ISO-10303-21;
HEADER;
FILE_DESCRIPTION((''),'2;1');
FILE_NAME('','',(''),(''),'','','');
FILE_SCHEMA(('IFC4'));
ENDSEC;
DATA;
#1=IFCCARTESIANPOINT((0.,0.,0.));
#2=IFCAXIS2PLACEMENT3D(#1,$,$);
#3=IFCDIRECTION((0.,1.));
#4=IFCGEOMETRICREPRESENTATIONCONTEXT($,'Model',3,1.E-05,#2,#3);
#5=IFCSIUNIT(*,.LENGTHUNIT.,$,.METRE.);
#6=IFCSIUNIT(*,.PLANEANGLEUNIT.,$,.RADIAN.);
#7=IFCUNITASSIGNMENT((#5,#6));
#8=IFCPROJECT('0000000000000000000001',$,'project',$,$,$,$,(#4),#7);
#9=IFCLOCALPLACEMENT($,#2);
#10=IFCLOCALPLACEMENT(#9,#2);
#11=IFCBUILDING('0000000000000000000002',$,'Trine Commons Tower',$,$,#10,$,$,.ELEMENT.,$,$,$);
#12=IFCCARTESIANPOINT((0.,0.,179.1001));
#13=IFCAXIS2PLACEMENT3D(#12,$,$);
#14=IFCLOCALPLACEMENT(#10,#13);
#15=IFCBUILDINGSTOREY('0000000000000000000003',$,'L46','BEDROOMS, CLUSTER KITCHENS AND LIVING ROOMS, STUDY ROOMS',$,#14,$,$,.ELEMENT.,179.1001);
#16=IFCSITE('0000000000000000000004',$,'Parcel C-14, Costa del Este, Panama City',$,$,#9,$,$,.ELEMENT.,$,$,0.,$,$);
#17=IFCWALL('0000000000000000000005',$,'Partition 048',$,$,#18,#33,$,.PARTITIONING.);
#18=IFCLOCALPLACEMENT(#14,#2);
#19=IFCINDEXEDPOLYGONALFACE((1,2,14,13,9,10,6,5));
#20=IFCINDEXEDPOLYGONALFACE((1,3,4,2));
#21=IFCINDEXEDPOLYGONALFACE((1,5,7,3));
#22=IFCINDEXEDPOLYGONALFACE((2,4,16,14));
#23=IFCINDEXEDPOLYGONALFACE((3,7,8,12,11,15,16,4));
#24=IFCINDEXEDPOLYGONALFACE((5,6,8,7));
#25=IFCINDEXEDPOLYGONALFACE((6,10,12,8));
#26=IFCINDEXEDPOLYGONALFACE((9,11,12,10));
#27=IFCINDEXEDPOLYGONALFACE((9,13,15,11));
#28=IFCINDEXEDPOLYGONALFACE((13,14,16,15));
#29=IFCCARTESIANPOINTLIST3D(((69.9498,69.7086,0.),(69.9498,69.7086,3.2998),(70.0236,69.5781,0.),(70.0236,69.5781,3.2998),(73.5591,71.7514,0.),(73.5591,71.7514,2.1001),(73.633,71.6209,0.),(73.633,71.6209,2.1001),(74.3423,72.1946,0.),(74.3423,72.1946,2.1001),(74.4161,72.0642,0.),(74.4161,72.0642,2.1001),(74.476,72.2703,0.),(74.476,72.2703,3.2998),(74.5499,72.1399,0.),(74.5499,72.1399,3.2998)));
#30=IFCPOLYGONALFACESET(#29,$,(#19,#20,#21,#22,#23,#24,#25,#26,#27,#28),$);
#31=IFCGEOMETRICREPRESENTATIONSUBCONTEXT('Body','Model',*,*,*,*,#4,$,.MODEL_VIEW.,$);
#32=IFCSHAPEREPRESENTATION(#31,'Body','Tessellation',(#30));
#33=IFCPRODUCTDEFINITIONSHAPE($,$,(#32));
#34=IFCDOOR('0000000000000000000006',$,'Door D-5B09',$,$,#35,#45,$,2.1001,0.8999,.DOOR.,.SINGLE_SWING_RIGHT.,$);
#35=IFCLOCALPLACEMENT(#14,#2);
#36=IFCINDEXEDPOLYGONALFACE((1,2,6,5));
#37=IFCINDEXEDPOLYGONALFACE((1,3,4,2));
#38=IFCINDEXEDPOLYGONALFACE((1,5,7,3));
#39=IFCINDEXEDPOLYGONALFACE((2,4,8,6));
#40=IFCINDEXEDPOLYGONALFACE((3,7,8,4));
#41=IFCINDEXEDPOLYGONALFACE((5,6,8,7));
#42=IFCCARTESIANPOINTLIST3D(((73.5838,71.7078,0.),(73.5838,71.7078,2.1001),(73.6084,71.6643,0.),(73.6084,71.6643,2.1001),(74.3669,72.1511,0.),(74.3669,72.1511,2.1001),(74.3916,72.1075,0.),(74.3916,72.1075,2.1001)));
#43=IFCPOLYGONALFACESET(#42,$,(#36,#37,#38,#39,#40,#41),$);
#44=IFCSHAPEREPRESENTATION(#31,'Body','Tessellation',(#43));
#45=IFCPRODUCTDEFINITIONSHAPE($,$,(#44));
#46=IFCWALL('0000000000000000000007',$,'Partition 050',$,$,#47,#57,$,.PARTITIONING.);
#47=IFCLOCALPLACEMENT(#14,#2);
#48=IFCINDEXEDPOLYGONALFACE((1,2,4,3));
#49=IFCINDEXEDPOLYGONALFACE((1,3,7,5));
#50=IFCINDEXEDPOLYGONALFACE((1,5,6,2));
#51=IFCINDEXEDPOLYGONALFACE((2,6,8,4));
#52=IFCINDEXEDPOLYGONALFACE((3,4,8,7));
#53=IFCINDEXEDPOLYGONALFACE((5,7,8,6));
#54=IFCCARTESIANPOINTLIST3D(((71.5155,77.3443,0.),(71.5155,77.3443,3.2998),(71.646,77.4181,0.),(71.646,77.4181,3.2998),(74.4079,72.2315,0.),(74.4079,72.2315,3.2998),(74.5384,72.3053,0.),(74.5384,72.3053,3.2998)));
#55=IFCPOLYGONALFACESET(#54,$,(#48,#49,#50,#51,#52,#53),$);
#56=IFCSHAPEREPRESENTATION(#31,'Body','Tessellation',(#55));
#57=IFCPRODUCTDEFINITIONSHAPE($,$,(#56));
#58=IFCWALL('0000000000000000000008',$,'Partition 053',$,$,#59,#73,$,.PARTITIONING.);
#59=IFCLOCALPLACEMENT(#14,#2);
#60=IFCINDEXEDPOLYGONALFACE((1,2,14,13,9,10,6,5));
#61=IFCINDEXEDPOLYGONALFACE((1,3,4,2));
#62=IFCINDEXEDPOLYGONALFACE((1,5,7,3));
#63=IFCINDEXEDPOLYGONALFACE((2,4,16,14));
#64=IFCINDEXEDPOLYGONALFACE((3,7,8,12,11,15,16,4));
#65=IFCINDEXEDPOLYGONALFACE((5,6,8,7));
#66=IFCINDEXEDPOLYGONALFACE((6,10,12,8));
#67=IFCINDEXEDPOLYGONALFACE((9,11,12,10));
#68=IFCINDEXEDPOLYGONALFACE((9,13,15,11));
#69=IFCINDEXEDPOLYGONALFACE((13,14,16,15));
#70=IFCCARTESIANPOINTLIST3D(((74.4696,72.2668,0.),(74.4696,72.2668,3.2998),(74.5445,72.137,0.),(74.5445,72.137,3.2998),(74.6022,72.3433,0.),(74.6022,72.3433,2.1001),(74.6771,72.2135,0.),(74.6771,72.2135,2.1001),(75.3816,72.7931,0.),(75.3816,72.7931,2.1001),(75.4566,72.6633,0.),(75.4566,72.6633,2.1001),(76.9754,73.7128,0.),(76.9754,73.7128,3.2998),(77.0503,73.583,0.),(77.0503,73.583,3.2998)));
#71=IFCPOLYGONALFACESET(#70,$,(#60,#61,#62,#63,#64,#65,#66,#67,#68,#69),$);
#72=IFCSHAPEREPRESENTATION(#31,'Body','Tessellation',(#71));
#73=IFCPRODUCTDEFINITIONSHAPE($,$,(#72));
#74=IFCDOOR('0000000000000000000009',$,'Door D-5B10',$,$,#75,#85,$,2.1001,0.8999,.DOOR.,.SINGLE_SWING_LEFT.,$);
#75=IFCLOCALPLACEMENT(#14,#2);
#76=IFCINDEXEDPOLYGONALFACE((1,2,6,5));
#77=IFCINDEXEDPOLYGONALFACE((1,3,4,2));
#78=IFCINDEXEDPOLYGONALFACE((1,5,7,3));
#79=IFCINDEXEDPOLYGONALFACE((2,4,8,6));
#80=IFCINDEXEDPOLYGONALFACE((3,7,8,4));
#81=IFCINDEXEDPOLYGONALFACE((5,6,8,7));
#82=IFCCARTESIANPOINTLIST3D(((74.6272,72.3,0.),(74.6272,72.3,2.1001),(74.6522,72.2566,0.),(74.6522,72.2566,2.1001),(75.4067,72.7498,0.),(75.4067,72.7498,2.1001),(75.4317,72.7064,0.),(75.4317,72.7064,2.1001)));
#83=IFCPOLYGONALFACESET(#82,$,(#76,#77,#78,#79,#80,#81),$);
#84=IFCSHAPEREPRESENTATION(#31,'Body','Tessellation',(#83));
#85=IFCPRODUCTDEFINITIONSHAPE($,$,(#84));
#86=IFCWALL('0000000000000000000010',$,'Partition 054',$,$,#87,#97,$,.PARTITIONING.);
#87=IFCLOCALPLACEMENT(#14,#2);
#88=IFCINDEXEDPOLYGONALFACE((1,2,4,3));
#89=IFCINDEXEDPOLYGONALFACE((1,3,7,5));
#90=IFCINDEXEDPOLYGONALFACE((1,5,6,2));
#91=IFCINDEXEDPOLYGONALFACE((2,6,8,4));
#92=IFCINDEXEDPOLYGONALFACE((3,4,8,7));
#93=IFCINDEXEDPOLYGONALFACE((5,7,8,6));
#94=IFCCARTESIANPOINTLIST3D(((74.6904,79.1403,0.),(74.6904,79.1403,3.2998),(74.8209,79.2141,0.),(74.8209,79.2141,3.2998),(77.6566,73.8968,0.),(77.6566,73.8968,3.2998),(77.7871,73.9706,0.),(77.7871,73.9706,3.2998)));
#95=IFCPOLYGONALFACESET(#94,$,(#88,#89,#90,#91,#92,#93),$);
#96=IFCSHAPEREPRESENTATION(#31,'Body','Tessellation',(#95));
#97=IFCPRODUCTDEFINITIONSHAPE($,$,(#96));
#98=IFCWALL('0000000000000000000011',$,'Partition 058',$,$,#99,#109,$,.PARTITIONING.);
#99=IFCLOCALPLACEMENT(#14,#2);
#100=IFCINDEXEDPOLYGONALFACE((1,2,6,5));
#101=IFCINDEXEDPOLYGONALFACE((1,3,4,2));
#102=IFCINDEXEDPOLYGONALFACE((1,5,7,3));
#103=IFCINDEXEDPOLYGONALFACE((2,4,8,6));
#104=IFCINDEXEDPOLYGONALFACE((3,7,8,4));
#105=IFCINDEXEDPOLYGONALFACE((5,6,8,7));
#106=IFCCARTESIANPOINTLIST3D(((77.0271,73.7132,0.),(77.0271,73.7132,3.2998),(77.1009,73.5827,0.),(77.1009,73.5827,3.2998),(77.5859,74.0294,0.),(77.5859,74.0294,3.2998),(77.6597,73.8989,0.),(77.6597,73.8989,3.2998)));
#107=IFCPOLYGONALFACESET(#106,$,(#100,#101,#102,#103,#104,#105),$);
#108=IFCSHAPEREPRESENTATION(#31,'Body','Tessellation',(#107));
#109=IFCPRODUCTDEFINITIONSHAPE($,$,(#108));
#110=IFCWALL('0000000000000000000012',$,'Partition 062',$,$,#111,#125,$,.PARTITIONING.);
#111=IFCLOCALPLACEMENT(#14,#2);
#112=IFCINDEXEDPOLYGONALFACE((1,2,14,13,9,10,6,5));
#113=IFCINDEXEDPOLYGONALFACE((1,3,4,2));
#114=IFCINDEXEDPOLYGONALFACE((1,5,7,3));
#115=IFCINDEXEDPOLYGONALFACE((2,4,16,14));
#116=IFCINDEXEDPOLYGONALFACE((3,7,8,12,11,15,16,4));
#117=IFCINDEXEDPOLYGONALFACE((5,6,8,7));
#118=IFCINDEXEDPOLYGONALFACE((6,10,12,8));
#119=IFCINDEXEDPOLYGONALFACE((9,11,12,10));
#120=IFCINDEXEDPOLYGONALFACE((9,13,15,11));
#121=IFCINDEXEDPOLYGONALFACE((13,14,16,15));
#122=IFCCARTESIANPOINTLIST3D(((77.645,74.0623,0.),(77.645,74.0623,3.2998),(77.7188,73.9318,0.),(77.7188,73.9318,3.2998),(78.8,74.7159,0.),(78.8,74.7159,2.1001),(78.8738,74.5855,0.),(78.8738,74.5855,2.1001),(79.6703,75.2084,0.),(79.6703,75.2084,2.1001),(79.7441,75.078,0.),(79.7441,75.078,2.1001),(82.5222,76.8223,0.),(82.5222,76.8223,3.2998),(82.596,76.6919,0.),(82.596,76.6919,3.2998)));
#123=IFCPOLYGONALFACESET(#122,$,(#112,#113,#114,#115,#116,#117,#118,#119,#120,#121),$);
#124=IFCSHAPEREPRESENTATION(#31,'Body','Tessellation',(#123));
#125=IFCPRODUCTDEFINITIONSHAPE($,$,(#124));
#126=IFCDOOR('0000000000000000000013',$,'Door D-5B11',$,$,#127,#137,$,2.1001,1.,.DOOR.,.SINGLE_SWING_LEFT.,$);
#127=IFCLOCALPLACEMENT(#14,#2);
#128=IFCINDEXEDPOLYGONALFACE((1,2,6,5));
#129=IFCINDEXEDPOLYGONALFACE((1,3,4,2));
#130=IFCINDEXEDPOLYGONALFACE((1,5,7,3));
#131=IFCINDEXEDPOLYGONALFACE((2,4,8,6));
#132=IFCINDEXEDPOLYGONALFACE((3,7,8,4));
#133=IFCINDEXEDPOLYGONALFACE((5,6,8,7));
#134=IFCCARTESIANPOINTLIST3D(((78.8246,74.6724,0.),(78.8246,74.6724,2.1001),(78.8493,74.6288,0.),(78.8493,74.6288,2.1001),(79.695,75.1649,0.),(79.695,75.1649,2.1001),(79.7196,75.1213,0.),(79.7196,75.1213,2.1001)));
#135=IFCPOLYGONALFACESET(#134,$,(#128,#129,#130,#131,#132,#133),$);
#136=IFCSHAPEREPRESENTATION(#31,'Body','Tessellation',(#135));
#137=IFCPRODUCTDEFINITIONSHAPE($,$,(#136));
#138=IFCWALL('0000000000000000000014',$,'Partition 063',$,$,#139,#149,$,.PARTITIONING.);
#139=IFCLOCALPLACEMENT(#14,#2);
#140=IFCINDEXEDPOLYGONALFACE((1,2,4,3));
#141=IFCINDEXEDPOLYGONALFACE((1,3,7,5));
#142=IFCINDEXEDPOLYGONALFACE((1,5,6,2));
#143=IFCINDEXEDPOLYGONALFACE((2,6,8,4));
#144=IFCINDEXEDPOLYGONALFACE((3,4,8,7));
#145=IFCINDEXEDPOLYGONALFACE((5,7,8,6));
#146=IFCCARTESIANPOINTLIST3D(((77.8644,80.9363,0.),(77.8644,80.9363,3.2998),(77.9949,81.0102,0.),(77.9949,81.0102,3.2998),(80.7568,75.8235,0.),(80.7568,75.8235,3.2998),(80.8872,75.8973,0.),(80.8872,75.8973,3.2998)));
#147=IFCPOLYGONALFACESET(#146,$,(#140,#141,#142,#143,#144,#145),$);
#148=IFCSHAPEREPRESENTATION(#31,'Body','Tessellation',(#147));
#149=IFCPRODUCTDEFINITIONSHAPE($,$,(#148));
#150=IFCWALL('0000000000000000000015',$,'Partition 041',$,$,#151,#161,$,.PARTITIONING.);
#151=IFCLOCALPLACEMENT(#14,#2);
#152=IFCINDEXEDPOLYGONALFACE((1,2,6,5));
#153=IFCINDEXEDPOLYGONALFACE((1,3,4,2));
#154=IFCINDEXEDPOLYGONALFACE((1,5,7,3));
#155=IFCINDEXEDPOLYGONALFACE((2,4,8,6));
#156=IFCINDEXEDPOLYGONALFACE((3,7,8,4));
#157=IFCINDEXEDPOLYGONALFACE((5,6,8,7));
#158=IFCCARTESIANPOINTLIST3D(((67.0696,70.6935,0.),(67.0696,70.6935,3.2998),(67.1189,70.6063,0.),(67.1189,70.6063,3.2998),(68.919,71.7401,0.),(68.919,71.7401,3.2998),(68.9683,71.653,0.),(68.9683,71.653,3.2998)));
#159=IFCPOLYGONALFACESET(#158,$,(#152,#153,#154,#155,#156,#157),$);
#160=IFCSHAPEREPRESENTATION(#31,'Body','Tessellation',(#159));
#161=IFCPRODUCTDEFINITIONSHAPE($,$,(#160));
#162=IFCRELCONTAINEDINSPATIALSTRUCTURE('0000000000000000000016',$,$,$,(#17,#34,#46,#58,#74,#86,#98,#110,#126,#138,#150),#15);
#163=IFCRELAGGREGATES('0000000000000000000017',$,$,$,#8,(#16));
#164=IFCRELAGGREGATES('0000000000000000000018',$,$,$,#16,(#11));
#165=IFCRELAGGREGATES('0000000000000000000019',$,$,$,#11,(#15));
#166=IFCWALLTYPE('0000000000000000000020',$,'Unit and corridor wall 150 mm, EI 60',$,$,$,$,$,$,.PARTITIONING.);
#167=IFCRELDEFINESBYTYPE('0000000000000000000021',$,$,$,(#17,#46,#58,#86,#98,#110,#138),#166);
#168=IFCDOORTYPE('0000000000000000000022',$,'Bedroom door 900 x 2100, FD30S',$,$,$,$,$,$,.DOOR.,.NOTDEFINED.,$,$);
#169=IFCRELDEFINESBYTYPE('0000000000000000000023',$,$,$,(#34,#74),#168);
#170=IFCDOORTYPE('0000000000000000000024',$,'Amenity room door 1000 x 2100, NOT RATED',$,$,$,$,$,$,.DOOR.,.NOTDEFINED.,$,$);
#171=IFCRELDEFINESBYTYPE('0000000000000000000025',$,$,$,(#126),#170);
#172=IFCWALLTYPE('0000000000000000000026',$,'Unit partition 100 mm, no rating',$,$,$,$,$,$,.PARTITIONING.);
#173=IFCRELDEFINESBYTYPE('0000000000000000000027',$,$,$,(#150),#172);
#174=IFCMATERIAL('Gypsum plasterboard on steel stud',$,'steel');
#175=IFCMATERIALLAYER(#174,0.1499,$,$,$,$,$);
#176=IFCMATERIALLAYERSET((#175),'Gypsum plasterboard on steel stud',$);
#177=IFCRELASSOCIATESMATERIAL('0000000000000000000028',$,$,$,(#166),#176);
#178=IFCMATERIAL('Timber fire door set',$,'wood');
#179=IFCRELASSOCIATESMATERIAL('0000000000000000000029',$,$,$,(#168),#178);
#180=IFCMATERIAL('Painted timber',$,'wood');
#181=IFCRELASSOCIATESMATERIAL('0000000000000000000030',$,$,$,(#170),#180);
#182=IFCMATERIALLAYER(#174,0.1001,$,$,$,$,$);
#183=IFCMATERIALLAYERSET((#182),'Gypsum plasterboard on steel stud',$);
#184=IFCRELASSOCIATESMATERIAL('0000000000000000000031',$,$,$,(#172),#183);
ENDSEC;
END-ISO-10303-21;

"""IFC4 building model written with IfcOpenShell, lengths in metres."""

from ifc_helpers import new_model, si_unit, direction, frame, frame_2d, origin, place, context, subcontext, project, spatial, rectangle, extrude, material, layer, layer_set, type_object, element, fill, save


model = new_model("IFC4")

# Units and contexts
model_context = context("Model", 3, precision=1e-05, world=origin(), true_north=direction((0.0, 1.0)))
body_context = subcontext(model_context, "Body", "Model", "MODEL_VIEW")
ifc_project = project(units=[si_unit("LENGTHUNIT", "METRE"), si_unit("PLANEANGLEUNIT", "RADIAN")], contexts=[model_context])

# Site, building, storey
site_placement = place(None, origin())
site = spatial("IfcSite", under=ifc_project, at=site_placement, Name="Parcel C-14, Costa del Este, Panama City", CompositionType="ELEMENT", RefElevation=0.0)
building_placement = place(site_placement, origin())
building = spatial("IfcBuilding", under=site, at=building_placement, Name="Trine Commons Tower", CompositionType="ELEMENT")
storey_placement = place(building_placement, frame((0.0, 0.0, 179.1001)))
storey = spatial("IfcBuildingStorey", under=building, at=storey_placement, Name="L46", Description="BEDROOMS, CLUSTER KITCHENS AND LIVING ROOMS, STUDY ROOMS", CompositionType="ELEMENT", Elevation=179.1001)

# Shared definitions
ifc_material_1 = material(Name="Gypsum plasterboard on steel stud", Category="steel")
ifc_layer_1 = layer(ifc_material_1, 0.1499)
ifc_layer_set_1 = layer_set([ifc_layer_1], Name="Gypsum plasterboard on steel stud")
wall_type_1 = type_object("IfcWallType", Name="Unit and corridor wall 150 mm, EI 60", PredefinedType="PARTITIONING", material=ifc_layer_set_1)

# Wall, opening, door
wall_1_placement = place(storey_placement, frame((69.9866, 69.6433, 0.0), z_axis=(0.0, 0.0, 1.0), x_axis=(0.870284, 0.492551, 0.0)))
wall_1 = element("IfcWall", 1, at=wall_1_placement, inside=storey, type_object=wall_type_1, Name="Partition 048", PredefinedType="PARTITIONING", context=body_context, shape_type="SweptSolid", body=[
    extrude(rectangle(XDim=5.2009, YDim=0.1499, at=frame_2d((2.6006, 0.0))), origin(), (0.0, 0.0, 1.0), 3.2998),
])
opening_1_placement = place(wall_1_placement, frame((4.1475, 0.0, 0.0)))
opening_1 = element("IfcOpeningElement", 2, at=opening_1_placement, cuts=wall_1, PredefinedType="OPENING", context=body_context, shape_type="SweptSolid", body=[
    extrude(rectangle(XDim=0.8999, YDim=2.1001, at=frame_2d((0.45, 1.05))), frame((0.0, 0.085, 0.0), z_axis=(0.0, -1.0, 0.0), x_axis=(1.0, 0.0, 0.0)), (0.0, 0.0, 1.0), 0.1699),
])
ifc_material_2 = material(Name="Timber fire door set", Category="wood")
door_type_1 = type_object("IfcDoorType", Name="Bedroom door 900 x 2100, FD30S", OperationType="NOTDEFINED", PredefinedType="DOOR", material=ifc_material_2)
door_1_placement = place(opening_1_placement, origin())
door_1 = element("IfcDoor", 3, at=door_1_placement, inside=storey, type_object=door_type_1, Name="Door D-5B09", OperationType="SINGLE_SWING_RIGHT", OverallHeight=2.1001, OverallWidth=0.8999, PredefinedType="DOOR", context=body_context, shape_type="SweptSolid", body=[
    extrude(rectangle(XDim=0.8999, YDim=2.1001, at=frame_2d((0.45, 1.05))), frame((0.0, 0.0249, 0.0), z_axis=(0.0, -1.0, 0.0), x_axis=(1.0, 0.0, 0.0)), (0.0, 0.0, 1.0), 0.05),
])
fill(opening_1, door_1)

# Wall
wall_2_placement = place(storey_placement, frame((71.5808, 77.3811, 0.0), z_axis=(0.0, 0.0, 1.0), x_axis=(0.492379, -0.870381, 0.0)))
element("IfcWall", 4, at=wall_2_placement, inside=storey, type_object=wall_type_1, Name="Partition 050", PredefinedType="PARTITIONING", context=body_context, shape_type="SweptSolid", body=[
    extrude(rectangle(XDim=5.8743, YDim=0.1499, at=frame_2d((2.937, 0.0))), origin(), (0.0, 0.0, 1.0), 3.2998),
])

# Wall, opening, door
wall_3_placement = place(storey_placement, frame((74.5071, 72.2019, 0.0), z_axis=(0.0, 0.0, 1.0), x_axis=(0.866132, 0.499815, 0.0)))
wall_3 = element("IfcWall", 5, at=wall_3_placement, inside=storey, type_object=wall_type_1, Name="Partition 053", PredefinedType="PARTITIONING", context=body_context, shape_type="SweptSolid", body=[
    extrude(rectangle(XDim=2.8931, YDim=0.1499, at=frame_2d((1.4465, 0.0))), origin(), (0.0, 0.0, 1.0), 3.2998),
])
opening_2_placement = place(wall_3_placement, frame((0.1531, 0.0, 0.0)))
opening_2 = element("IfcOpeningElement", 6, at=opening_2_placement, cuts=wall_3, PredefinedType="OPENING", context=body_context, shape_type="SweptSolid", body=[
    extrude(rectangle(XDim=0.8999, YDim=2.1001, at=frame_2d((0.45, 1.05))), frame((0.0, 0.085, 0.0), z_axis=(0.0, -1.0, 0.0), x_axis=(1.0, 0.0, 0.0)), (0.0, 0.0, 1.0), 0.1699),
])
door_2_placement = place(opening_2_placement, origin())
door_2 = element("IfcDoor", 7, at=door_2_placement, inside=storey, type_object=door_type_1, Name="Door D-5B10", OperationType="SINGLE_SWING_LEFT", OverallHeight=2.1001, OverallWidth=0.8999, PredefinedType="DOOR", context=body_context, shape_type="SweptSolid", body=[
    extrude(rectangle(XDim=0.8999, YDim=2.1001, at=frame_2d((0.45, 1.05))), frame((0.0, 0.0249, 0.0), z_axis=(0.0, -1.0, 0.0), x_axis=(1.0, 0.0, 0.0)), (0.0, 0.0, 1.0), 0.05),
])
fill(opening_2, door_2)

# Walls
wall_4_placement = place(storey_placement, frame((74.7556, 79.1772, 0.0), z_axis=(0.0, 0.0, 1.0), x_axis=(0.492372, -0.870385, 0.0)))
element("IfcWall", 8, at=wall_4_placement, inside=storey, type_object=wall_type_1, Name="Partition 054", PredefinedType="PARTITIONING", context=body_context, shape_type="SweptSolid", body=[
    extrude(rectangle(XDim=6.0244, YDim=0.1499, at=frame_2d((3.0122, 0.0))), origin(), (0.0, 0.0, 1.0), 3.2998),
])
wall_5_placement = place(storey_placement, frame((77.064, 73.6479, 0.0), z_axis=(0.0, 0.0, 1.0), x_axis=(0.870364, 0.492408, 0.0)))
element("IfcWall", 9, at=wall_5_placement, inside=storey, type_object=wall_type_1, Name="Partition 058", PredefinedType="PARTITIONING", context=body_context, shape_type="SweptSolid", body=[
    extrude(rectangle(XDim=0.6421, YDim=0.1499, at=frame_2d((0.321, 0.0))), origin(), (0.0, 0.0, 1.0), 3.2998),
])

# Wall, opening, door
wall_6_placement = place(storey_placement, frame((77.6819, 73.9971, 0.0), z_axis=(0.0, 0.0, 1.0), x_axis=(0.870308, 0.492508, 0.0)))
wall_6 = element("IfcWall", 10, at=wall_6_placement, inside=storey, type_object=wall_type_1, Name="Partition 062", PredefinedType="PARTITIONING", context=body_context, shape_type="SweptSolid", body=[
    extrude(rectangle(XDim=5.604, YDim=0.1499, at=frame_2d((2.802, 0.0))), origin(), (0.0, 0.0, 1.0), 3.2998),
])
opening_3_placement = place(wall_6_placement, frame((1.3271, 0.0, 0.0)))
opening_3 = element("IfcOpeningElement", 11, at=opening_3_placement, cuts=wall_6, PredefinedType="OPENING", context=body_context, shape_type="SweptSolid", body=[
    extrude(rectangle(XDim=1.0, YDim=2.1001, at=frame_2d((0.5, 1.05))), frame((0.0, 0.085, 0.0), z_axis=(0.0, -1.0, 0.0), x_axis=(1.0, 0.0, 0.0)), (0.0, 0.0, 1.0), 0.1699),
])
ifc_material_3 = material(Name="Painted timber", Category="wood")
door_type_2 = type_object("IfcDoorType", Name="Amenity room door 1000 x 2100, NOT RATED", OperationType="NOTDEFINED", PredefinedType="DOOR", material=ifc_material_3)
door_3_placement = place(opening_3_placement, origin())
door_3 = element("IfcDoor", 12, at=door_3_placement, inside=storey, type_object=door_type_2, Name="Door D-5B11", OperationType="SINGLE_SWING_LEFT", OverallHeight=2.1001, OverallWidth=1.0, PredefinedType="DOOR", context=body_context, shape_type="SweptSolid", body=[
    extrude(rectangle(XDim=1.0, YDim=2.1001, at=frame_2d((0.5, 1.05))), frame((0.0, 0.0249, 0.0), z_axis=(0.0, -1.0, 0.0), x_axis=(1.0, 0.0, 0.0)), (0.0, 0.0, 1.0), 0.05),
])
fill(opening_3, door_3)

# Walls
wall_7_placement = place(storey_placement, frame((77.9297, 80.9731, 0.0), z_axis=(0.0, 0.0, 1.0), x_axis=(0.492379, -0.870381, 0.0)))
element("IfcWall", 13, at=wall_7_placement, inside=storey, type_object=wall_type_1, Name="Partition 063", PredefinedType="PARTITIONING", context=body_context, shape_type="SweptSolid", body=[
    extrude(rectangle(XDim=5.8743, YDim=0.1499, at=frame_2d((2.937, 0.0))), origin(), (0.0, 0.0, 1.0), 3.2998),
])
ifc_layer_2 = layer(ifc_material_1, 0.1001)
ifc_layer_set_2 = layer_set([ifc_layer_2], Name="Gypsum plasterboard on steel stud")
wall_type_2 = type_object("IfcWallType", Name="Unit partition 100 mm, no rating", PredefinedType="PARTITIONING", material=ifc_layer_set_2)
wall_8_placement = place(storey_placement, frame((67.0942, 70.6499, 0.0), z_axis=(0.0, 0.0, 1.0), x_axis=(0.870293, 0.492534, 0.0)))
element("IfcWall", 14, at=wall_8_placement, inside=storey, type_object=wall_type_2, Name="Partition 041", PredefinedType="PARTITIONING", context=body_context, shape_type="SweptSolid", body=[
    extrude(rectangle(XDim=2.125, YDim=0.1001, at=frame_2d((1.0625, 0.0))), origin(), (0.0, 0.0, 1.0), 3.2998),
])

save(model, "model.ifc")
